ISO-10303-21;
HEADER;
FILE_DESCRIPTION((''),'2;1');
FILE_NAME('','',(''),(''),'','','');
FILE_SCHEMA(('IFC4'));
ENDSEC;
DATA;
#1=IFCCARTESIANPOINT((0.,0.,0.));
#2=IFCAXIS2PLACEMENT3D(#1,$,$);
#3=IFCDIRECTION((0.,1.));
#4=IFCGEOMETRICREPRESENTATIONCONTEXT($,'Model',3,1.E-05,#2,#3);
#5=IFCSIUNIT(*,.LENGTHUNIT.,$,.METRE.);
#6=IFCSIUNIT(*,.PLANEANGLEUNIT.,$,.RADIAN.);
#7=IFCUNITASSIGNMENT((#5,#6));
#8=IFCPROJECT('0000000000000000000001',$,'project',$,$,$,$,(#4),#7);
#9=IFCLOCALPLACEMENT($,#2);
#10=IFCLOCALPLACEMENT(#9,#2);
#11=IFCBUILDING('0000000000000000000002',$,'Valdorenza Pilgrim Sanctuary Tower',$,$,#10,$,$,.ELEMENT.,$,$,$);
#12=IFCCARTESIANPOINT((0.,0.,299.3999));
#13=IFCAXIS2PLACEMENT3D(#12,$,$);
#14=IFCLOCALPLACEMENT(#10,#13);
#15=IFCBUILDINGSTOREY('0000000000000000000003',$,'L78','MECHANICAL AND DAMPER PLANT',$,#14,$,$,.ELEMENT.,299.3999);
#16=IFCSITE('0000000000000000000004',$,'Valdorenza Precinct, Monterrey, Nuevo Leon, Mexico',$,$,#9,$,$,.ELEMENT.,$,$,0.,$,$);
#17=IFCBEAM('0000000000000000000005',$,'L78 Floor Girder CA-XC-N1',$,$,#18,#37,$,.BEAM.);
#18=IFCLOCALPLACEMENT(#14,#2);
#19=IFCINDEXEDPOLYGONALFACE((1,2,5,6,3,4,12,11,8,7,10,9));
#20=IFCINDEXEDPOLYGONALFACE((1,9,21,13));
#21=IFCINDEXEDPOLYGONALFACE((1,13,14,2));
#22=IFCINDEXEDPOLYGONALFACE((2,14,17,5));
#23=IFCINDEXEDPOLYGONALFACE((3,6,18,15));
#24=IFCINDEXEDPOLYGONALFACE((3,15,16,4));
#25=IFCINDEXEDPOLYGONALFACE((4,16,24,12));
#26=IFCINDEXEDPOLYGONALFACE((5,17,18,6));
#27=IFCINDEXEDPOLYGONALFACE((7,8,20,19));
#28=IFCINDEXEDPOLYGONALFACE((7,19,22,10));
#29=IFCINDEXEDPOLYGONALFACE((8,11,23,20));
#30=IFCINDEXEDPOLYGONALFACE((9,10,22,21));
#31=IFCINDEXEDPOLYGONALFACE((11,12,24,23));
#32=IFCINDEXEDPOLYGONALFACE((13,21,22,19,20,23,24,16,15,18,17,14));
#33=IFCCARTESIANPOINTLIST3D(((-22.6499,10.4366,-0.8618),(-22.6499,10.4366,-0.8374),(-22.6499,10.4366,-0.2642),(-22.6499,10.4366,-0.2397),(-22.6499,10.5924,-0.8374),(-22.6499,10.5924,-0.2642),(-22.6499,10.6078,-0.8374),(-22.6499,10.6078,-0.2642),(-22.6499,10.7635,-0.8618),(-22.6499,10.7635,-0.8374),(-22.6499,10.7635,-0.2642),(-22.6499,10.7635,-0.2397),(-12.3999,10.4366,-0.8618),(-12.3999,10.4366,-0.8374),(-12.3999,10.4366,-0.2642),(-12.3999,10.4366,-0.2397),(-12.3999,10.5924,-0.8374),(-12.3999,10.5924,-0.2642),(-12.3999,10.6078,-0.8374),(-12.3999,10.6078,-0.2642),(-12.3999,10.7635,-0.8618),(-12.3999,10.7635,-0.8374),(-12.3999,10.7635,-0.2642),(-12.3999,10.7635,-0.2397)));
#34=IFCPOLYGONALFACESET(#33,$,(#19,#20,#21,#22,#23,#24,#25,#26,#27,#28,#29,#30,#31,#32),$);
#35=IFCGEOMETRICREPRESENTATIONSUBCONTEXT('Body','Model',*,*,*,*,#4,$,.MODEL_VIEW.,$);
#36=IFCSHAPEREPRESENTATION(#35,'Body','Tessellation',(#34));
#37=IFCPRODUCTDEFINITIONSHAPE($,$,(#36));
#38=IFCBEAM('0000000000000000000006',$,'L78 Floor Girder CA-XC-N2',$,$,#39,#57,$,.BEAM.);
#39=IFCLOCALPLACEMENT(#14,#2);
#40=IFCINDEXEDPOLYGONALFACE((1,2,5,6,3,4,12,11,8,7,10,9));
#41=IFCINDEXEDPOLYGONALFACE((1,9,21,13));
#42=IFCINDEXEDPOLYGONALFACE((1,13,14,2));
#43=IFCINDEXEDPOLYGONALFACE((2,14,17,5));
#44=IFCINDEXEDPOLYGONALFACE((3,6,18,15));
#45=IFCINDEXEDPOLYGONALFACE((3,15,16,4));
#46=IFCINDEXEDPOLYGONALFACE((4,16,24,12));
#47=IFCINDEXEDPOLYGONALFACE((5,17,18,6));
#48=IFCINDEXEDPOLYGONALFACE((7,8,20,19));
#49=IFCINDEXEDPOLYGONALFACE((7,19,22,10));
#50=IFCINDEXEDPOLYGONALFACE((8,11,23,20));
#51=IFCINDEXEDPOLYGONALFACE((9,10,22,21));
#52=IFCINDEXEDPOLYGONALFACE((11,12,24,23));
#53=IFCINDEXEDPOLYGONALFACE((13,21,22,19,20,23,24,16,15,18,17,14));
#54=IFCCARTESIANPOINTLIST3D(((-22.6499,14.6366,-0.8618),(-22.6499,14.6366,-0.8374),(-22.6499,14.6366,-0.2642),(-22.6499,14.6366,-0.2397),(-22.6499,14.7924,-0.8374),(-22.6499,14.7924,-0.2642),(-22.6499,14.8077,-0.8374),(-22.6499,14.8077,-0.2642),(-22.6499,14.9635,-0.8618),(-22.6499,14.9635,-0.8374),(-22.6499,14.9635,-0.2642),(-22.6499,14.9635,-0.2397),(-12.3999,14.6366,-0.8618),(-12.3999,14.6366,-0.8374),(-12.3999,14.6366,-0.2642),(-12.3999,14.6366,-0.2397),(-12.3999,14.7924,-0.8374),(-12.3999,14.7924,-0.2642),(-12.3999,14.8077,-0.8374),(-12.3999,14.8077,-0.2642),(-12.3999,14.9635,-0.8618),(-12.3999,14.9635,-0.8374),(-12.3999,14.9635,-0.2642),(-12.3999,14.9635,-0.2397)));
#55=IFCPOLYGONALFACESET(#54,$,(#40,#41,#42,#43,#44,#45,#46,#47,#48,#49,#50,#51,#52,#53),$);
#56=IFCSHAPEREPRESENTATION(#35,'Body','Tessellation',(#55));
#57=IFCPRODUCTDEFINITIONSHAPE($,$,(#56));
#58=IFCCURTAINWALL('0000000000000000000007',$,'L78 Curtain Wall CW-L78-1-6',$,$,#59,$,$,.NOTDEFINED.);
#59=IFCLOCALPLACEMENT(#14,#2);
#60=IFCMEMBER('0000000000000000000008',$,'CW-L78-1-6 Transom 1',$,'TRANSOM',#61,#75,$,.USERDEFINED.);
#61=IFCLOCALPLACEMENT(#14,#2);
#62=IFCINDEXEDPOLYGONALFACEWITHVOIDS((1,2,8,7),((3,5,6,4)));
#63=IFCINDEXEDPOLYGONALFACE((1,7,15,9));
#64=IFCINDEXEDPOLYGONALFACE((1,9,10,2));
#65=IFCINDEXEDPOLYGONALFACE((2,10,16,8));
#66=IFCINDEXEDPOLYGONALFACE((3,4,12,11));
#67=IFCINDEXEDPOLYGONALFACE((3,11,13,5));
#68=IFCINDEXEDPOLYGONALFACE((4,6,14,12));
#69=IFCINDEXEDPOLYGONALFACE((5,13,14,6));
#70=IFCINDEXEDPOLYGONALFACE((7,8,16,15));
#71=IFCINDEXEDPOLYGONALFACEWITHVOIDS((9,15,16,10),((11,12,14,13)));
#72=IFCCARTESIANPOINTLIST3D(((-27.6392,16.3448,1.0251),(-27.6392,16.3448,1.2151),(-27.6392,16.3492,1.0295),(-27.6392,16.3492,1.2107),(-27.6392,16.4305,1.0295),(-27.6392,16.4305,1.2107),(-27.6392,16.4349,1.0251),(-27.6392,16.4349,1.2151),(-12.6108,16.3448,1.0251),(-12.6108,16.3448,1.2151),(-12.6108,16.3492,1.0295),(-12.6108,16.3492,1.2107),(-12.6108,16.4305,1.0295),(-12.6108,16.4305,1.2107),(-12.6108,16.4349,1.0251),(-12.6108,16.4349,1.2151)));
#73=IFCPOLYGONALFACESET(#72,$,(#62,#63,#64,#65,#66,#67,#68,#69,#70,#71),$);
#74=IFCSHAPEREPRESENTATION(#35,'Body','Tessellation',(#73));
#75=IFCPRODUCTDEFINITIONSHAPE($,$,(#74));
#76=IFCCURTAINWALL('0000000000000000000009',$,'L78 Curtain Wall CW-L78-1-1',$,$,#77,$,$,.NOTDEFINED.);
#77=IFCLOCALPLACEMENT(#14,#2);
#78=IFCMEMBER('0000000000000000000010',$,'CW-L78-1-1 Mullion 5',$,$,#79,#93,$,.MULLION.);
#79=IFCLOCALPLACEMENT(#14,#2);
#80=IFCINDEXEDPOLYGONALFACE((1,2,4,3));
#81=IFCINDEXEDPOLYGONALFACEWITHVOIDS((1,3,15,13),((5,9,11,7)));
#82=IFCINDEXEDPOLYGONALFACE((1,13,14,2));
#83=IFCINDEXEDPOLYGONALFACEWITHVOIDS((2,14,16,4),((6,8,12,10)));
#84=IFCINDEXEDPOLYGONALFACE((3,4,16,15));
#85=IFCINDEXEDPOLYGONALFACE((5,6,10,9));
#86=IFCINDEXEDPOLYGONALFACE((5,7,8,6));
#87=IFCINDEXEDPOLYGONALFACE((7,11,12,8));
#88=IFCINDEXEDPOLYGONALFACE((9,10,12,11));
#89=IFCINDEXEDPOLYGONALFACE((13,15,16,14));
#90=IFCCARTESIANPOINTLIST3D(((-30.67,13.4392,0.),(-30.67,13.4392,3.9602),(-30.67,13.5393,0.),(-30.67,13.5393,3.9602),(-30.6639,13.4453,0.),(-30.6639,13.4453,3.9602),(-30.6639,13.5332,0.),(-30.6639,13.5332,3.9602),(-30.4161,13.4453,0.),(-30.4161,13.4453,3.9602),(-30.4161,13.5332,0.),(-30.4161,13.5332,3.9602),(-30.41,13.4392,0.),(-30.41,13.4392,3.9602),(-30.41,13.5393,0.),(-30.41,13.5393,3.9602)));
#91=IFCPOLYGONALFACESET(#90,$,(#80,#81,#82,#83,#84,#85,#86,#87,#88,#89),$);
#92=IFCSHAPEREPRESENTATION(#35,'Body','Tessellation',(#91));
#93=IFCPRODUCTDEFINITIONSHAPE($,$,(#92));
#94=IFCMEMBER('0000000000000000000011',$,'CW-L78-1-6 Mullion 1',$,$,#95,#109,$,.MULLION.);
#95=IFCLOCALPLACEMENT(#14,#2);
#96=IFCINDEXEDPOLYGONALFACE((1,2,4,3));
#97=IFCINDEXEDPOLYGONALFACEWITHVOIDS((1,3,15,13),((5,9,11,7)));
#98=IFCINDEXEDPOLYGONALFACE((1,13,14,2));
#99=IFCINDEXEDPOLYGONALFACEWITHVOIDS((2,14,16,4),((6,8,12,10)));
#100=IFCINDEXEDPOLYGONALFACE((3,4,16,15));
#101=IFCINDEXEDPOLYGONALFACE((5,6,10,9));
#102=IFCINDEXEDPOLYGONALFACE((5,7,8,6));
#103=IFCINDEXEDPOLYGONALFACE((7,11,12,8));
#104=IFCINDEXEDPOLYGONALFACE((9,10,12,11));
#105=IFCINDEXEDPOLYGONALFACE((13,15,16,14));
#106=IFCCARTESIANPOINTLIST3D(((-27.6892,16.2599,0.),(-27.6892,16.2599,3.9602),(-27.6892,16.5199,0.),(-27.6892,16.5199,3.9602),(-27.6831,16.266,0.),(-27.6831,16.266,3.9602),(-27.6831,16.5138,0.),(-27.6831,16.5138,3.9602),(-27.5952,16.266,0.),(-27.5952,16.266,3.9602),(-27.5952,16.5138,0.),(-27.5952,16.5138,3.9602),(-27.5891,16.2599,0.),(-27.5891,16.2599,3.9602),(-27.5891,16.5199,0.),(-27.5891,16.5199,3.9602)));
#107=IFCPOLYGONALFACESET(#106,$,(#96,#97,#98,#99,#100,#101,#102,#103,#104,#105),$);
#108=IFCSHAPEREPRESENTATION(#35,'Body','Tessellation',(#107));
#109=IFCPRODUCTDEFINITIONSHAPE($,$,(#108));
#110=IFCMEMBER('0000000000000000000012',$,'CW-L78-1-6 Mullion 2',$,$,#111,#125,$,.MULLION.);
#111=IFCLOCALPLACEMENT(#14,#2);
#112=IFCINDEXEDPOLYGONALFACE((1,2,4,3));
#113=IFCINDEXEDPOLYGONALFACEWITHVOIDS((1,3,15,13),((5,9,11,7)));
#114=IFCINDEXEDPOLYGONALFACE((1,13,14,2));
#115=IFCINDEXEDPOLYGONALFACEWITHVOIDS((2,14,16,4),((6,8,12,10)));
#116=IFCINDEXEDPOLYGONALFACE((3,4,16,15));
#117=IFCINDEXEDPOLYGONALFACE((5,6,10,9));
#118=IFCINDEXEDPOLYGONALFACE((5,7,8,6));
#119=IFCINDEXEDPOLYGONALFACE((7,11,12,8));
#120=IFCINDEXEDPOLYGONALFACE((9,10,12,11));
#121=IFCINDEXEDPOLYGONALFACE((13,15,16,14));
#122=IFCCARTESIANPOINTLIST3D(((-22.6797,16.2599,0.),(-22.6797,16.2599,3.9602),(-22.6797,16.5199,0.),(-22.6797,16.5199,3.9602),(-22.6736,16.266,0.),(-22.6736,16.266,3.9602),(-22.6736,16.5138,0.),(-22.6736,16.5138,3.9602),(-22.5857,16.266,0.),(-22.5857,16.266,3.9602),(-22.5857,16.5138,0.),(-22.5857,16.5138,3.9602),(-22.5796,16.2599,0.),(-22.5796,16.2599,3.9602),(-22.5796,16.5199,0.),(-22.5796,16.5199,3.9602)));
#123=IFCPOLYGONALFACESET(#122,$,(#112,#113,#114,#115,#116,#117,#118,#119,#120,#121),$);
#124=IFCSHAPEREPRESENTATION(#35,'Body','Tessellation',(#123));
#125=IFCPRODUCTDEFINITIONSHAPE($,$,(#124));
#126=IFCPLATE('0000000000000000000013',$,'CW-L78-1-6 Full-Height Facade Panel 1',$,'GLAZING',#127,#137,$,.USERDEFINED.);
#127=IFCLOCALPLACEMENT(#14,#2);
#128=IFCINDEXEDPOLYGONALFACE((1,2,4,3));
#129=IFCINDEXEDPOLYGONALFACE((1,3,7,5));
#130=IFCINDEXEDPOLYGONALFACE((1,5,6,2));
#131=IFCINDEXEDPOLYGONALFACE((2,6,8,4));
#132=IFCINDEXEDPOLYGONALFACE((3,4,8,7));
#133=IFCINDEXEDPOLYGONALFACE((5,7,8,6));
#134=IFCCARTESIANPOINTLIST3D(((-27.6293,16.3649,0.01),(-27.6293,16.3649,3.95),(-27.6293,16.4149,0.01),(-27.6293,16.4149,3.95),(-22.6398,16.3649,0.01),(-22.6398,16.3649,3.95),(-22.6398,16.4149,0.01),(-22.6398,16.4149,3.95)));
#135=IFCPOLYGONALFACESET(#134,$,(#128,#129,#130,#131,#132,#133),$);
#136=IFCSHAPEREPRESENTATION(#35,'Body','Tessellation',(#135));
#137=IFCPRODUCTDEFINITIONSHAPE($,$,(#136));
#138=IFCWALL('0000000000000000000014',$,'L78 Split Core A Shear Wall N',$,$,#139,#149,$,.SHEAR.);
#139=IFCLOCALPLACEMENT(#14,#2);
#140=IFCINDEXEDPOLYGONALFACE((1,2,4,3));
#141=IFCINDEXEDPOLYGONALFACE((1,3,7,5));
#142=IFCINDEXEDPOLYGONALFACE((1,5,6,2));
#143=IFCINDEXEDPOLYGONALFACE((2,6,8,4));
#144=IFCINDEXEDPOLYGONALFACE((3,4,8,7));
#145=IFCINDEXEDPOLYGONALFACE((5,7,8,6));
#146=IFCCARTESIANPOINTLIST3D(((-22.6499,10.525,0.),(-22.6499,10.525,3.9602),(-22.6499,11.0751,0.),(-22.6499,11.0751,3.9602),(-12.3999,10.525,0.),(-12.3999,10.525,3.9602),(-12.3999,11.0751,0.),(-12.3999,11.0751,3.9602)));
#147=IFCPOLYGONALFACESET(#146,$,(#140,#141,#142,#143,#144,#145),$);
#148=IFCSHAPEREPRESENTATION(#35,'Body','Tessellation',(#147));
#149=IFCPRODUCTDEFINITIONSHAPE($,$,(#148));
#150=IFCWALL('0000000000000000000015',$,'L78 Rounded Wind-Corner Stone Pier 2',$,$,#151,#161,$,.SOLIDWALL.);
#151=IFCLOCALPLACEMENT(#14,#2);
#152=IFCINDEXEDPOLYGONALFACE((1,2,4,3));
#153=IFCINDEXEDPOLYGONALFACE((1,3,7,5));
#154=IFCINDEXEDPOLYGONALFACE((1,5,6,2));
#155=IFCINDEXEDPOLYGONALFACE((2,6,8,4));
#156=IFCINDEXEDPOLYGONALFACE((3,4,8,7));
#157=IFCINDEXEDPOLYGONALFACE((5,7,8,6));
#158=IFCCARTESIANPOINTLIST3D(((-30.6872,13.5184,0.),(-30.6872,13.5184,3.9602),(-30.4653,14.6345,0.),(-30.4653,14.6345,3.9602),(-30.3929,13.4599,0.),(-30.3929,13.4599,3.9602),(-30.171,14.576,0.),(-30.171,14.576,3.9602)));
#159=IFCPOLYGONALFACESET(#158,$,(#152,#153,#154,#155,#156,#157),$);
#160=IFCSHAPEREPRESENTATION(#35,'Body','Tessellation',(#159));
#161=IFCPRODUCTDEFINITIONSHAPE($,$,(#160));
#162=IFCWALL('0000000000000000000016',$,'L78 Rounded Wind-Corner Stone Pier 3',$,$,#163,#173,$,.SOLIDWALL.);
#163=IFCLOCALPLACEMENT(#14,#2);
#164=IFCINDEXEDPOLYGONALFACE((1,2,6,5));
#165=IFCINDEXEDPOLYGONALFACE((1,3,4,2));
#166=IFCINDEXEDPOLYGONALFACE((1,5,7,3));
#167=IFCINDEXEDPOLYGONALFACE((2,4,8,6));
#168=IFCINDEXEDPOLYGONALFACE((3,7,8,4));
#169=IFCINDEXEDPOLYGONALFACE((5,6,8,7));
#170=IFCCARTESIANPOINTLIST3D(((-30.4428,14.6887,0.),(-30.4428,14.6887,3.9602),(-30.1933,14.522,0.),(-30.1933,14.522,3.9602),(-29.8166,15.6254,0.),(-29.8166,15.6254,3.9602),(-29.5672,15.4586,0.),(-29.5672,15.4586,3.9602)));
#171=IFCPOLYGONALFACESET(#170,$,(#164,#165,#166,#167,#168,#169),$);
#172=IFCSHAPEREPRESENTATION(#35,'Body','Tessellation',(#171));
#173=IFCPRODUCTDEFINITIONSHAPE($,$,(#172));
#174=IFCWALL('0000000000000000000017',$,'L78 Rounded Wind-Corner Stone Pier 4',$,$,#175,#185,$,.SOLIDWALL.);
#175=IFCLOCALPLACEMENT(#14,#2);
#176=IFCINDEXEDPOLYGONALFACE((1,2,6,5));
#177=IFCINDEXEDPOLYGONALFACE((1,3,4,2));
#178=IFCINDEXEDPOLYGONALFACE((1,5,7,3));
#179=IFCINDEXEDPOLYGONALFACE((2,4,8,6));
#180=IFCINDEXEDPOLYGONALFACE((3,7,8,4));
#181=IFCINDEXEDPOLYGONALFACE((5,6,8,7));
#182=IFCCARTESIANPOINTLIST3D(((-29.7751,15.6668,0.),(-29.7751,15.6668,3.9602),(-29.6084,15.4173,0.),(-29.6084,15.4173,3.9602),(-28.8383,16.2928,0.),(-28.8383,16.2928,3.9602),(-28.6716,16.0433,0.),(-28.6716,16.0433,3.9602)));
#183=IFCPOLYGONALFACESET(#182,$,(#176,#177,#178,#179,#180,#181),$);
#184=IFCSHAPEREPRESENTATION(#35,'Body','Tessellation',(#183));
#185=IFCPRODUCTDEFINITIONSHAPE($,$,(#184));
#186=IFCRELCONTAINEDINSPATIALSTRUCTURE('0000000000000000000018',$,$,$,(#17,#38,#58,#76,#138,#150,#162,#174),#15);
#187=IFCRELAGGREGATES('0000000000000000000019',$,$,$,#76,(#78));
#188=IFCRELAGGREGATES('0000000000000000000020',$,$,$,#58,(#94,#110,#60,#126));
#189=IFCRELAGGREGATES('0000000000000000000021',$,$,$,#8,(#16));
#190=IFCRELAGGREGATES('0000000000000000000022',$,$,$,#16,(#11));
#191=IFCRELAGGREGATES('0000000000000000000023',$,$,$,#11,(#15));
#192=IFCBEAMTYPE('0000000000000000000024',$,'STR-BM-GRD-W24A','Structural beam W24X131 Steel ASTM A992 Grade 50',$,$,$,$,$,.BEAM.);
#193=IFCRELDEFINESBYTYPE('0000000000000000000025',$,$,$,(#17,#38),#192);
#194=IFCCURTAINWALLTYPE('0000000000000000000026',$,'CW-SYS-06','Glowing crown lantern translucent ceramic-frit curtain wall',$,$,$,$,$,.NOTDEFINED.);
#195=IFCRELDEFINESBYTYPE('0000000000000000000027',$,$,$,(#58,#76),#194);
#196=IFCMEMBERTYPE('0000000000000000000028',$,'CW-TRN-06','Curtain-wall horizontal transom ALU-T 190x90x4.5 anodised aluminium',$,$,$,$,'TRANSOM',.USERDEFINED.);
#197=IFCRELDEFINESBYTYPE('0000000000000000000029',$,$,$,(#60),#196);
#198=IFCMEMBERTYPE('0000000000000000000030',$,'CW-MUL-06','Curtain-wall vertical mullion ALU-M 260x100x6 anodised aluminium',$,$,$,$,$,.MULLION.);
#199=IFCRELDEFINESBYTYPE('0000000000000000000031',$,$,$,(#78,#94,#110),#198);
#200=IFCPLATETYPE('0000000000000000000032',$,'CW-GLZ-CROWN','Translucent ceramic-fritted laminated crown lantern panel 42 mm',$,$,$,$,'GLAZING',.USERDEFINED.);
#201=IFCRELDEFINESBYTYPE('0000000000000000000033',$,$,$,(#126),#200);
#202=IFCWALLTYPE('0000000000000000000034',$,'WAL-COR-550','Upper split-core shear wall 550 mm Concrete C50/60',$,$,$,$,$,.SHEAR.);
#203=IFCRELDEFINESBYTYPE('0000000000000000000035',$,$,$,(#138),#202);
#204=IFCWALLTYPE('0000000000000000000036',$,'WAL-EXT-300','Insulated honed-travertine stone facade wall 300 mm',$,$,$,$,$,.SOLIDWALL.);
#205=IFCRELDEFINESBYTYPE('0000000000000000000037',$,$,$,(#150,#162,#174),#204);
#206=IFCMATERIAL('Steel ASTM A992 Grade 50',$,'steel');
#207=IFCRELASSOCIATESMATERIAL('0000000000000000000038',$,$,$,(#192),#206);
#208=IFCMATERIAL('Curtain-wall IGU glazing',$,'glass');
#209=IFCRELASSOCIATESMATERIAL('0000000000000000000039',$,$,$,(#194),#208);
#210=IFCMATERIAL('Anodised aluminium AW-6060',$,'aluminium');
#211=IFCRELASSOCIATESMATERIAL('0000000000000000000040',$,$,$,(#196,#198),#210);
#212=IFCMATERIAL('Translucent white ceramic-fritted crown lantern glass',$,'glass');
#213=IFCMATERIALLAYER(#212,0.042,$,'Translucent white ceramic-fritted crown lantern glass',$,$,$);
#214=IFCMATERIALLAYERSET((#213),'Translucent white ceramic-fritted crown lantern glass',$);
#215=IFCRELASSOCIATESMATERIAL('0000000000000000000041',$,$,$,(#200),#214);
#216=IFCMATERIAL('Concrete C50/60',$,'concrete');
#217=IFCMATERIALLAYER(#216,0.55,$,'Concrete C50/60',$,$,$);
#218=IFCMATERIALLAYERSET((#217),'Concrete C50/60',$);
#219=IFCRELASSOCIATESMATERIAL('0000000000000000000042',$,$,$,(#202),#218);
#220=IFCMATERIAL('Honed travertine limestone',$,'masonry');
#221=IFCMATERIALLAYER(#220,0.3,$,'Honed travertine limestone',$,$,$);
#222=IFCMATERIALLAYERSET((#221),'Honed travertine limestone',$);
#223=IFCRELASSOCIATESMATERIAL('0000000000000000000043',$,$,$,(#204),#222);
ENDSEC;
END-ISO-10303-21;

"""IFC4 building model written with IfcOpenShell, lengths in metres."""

from ifc_helpers import new_model, si_unit, direction, frame, frame_2d, origin, origin_2d, place, context, subcontext, project, spatial, rectangle, hollow_rectangle, i_section, extrude, source, transform, mapped, material, layer, layer_set, material_profile, profile_set, type_object, element, aggregate, save


model = new_model("IFC4")

# Units and contexts
model_context = context("Model", 3, precision=1e-05, world=origin(), true_north=direction((0.0, 1.0)))
body_context = subcontext(model_context, "Body", "Model", "MODEL_VIEW")
ifc_project = project(units=[si_unit("LENGTHUNIT", "METRE"), si_unit("PLANEANGLEUNIT", "RADIAN")], contexts=[model_context])

# Site, building, storey
site_placement = place(None, origin())
site = spatial("IfcSite", under=ifc_project, at=site_placement, Name="Valdorenza Precinct, Monterrey, Nuevo Leon, Mexico", CompositionType="ELEMENT", RefElevation=0.0)
building_placement = place(site_placement, origin())
building = spatial("IfcBuilding", under=site, at=building_placement, Name="Valdorenza Pilgrim Sanctuary Tower", CompositionType="ELEMENT")
storey_placement = place(building_placement, frame((0.0, 0.0, 299.3999)))
storey = spatial("IfcBuildingStorey", under=building, at=storey_placement, Name="L78", Description="MECHANICAL AND DAMPER PLANT", CompositionType="ELEMENT", Elevation=299.3999)

# Shared definitions
ifc_material_1 = material(Name="Concrete C50/60", Category="concrete")

# Beams
ifc_material_2 = material(Name="Steel ASTM A992 Grade 50", Category="steel")
ifc_material_profile_1 = material_profile(ifc_material_2, i_section(OverallWidth=0.3269, OverallDepth=0.6221, WebThickness=0.0154, FlangeThickness=0.0244, at=origin_2d()), Name="W24X131")
ifc_profile_set_1 = profile_set([ifc_material_profile_1], Name="Steel ASTM A992 Grade 50")
beam_type_1 = type_object("IfcBeamType", Name="STR-BM-GRD-W24A", Description="Structural beam W24X131 Steel ASTM A992 Grade 50", PredefinedType="BEAM", material=ifc_profile_set_1)
shared_shape_1 = source(origin(), body_context, "Body", "SweptSolid", [
    extrude(i_section(OverallWidth=0.3269, OverallDepth=0.6221, WebThickness=0.0154, FlangeThickness=0.0244, at=origin_2d()), origin(), (0.0, 0.0, 1.0), 10.25),
])
for number, where, z_axis, x_axis, name in (
    (1, (-22.6499, 10.6001, -0.5508), (1.0, 0.0, 0.0), (0.0, 1.0, 0.0), "L78 Floor Girder CA-XC-N1"),
    (2, (-22.6499, 14.8, -0.5508), (1.0, 0.0, 0.0), (0.0, 1.0, 0.0), "L78 Floor Girder CA-XC-N2"),
):
    element("IfcBeam", number, at=place(storey_placement, frame(where, z_axis=z_axis, x_axis=x_axis)), inside=storey, type_object=beam_type_1, Name=name, PredefinedType="BEAM", context=body_context, shape_type="MappedRepresentation", body=[
        mapped(shared_shape_1, transform((0.0, 0.0, 0.0), x_axis=(1.0, 0.0, 0.0), y_axis=(0.0, 1.0, 0.0), z_axis=(0.0, 0.0, 1.0), scale=1.0)),
    ])

# Curtain walls, members
ifc_material_3 = material(Name="Curtain-wall IGU glazing", Category="glass")
curtain_wall_type = type_object("IfcCurtainWallType", Name="CW-SYS-06", Description="Glowing crown lantern translucent ceramic-frit curtain wall", PredefinedType="NOTDEFINED", material=ifc_material_3)
curtain_wall_1_placement = place(storey_placement, origin())
curtain_wall_1 = element("IfcCurtainWall", 3, at=curtain_wall_1_placement, inside=storey, type_object=curtain_wall_type, Name="L78 Curtain Wall CW-L78-1-6", PredefinedType="NOTDEFINED")
ifc_material_4 = material(Name="Anodised aluminium AW-6060", Category="aluminium")
ifc_material_profile_2 = material_profile(ifc_material_4, hollow_rectangle(XDim=0.0901, YDim=0.1899, WallThickness=0.0044, at=origin_2d()), Name="ALU-T 190x90x4.5")
ifc_profile_set_2 = profile_set([ifc_material_profile_2], Name="Anodised aluminium AW-6060")
member_type_1 = type_object("IfcMemberType", Name="CW-TRN-06", Description="Curtain-wall horizontal transom ALU-T 190x90x4.5 anodised aluminium", ElementType="TRANSOM", PredefinedType="USERDEFINED", material=ifc_profile_set_2)
shared_shape_2 = source(origin(), body_context, "Body", "SweptSolid", [
    extrude(hollow_rectangle(XDim=0.0901, YDim=0.1899, WallThickness=0.0044, at=origin_2d()), origin(), (0.0, 0.0, 1.0), 15.0283),
])
member_1_placement = place(storey_placement, frame((-27.6392, 16.3899, 1.1201), z_axis=(1.0, 0.0, 0.0), x_axis=(0.0, 1.0, 0.0)))
member_1 = element("IfcMember", 4, at=member_1_placement, type_object=member_type_1, Name="CW-L78-1-6 Transom 1", ObjectType="TRANSOM", PredefinedType="USERDEFINED", context=body_context, shape_type="MappedRepresentation", body=[
    mapped(shared_shape_2, transform((0.0, 0.0, 0.0), x_axis=(1.0, 0.0, 0.0), y_axis=(0.0, 1.0, 0.0), z_axis=(0.0, 0.0, 1.0), scale=1.0)),
])
curtain_wall_2_placement = place(storey_placement, origin())
curtain_wall_2 = element("IfcCurtainWall", 5, at=curtain_wall_2_placement, inside=storey, type_object=curtain_wall_type, Name="L78 Curtain Wall CW-L78-1-1", PredefinedType="NOTDEFINED")
ifc_material_profile_3 = material_profile(ifc_material_4, hollow_rectangle(XDim=0.1001, YDim=0.26, WallThickness=0.0061, at=origin_2d()), Name="ALU-M 260x100x6")
ifc_profile_set_3 = profile_set([ifc_material_profile_3], Name="Anodised aluminium AW-6060")
member_type_2 = type_object("IfcMemberType", Name="CW-MUL-06", Description="Curtain-wall vertical mullion ALU-M 260x100x6 anodised aluminium", PredefinedType="MULLION", material=ifc_profile_set_3)
shared_shape_3 = source(origin(), body_context, "Body", "SweptSolid", [
    extrude(hollow_rectangle(XDim=0.1001, YDim=0.26, WallThickness=0.0061, at=origin_2d()), origin(), (0.0, 0.0, 1.0), 3.9602),
])
member_2_placement = place(storey_placement, frame((-30.54, 13.4893, 0.0), z_axis=(0.0, 0.0, 1.0), x_axis=(0.0, 1.0, 0.0)))
member_2 = element("IfcMember", 6, at=member_2_placement, type_object=member_type_2, Name="CW-L78-1-1 Mullion 5", PredefinedType="MULLION", context=body_context, shape_type="MappedRepresentation", body=[
    mapped(shared_shape_3, transform((0.0, 0.0, 0.0), x_axis=(1.0, 0.0, 0.0), y_axis=(0.0, 1.0, 0.0), z_axis=(0.0, 0.0, 1.0), scale=1.0)),
])
aggregate(curtain_wall_2, [member_2])

# Members
member_3_placement = place(storey_placement, frame((-27.6392, 16.3899, 0.0), z_axis=(0.0, 0.0, 1.0), x_axis=(1.0, 0.0, 0.0)))
member_3 = element("IfcMember", 7, at=member_3_placement, type_object=member_type_2, Name="CW-L78-1-6 Mullion 1", PredefinedType="MULLION", context=body_context, shape_type="MappedRepresentation", body=[
    mapped(shared_shape_3, transform((0.0, 0.0, 0.0), x_axis=(1.0, 0.0, 0.0), y_axis=(0.0, 1.0, 0.0), z_axis=(0.0, 0.0, 1.0), scale=1.0)),
])
member_4_placement = place(storey_placement, frame((-22.6296, 16.3899, 0.0), z_axis=(0.0, 0.0, 1.0), x_axis=(1.0, 0.0, 0.0)))
member_4 = element("IfcMember", 8, at=member_4_placement, type_object=member_type_2, Name="CW-L78-1-6 Mullion 2", PredefinedType="MULLION", context=body_context, shape_type="MappedRepresentation", body=[
    mapped(shared_shape_3, transform((0.0, 0.0, 0.0), x_axis=(1.0, 0.0, 0.0), y_axis=(0.0, 1.0, 0.0), z_axis=(0.0, 0.0, 1.0), scale=1.0)),
])

# Plate
ifc_material_5 = material(Name="Translucent white ceramic-fritted crown lantern glass", Category="glass")
ifc_layer_1 = layer(ifc_material_5, 0.042, Name="Translucent white ceramic-fritted crown lantern glass")
ifc_layer_set_1 = layer_set([ifc_layer_1], Name="Translucent white ceramic-fritted crown lantern glass")
plate_type = type_object("IfcPlateType", Name="CW-GLZ-CROWN", Description="Translucent ceramic-fritted laminated crown lantern panel 42 mm", ElementType="GLAZING", PredefinedType="USERDEFINED", material=ifc_layer_set_1)
shared_shape_4 = source(origin(), body_context, "Body", "SweptSolid", [
    extrude(rectangle(XDim=4.9895, YDim=0.05, at=origin_2d()), origin(), (0.0, 0.0, 1.0), 3.9399),
])
plate_placement = place(storey_placement, frame((-25.1345, 16.3899, 0.01), z_axis=(0.0, 0.0, 1.0), x_axis=(1.0, 0.0, 0.0)))
plate = element("IfcPlate", 9, at=plate_placement, type_object=plate_type, Name="CW-L78-1-6 Full-Height Facade Panel 1", ObjectType="GLAZING", PredefinedType="USERDEFINED", context=body_context, shape_type="MappedRepresentation", body=[
    mapped(shared_shape_4, transform((0.0, 0.0, 0.0), x_axis=(1.0, 0.0, 0.0), y_axis=(0.0, 1.0, 0.0), z_axis=(0.0, 0.0, 1.0), scale=1.0)),
])
aggregate(curtain_wall_1, [member_3, member_4, member_1, plate])

# Walls
ifc_layer_2 = layer(ifc_material_1, 0.55, Name="Concrete C50/60")
ifc_layer_set_2 = layer_set([ifc_layer_2], Name="Concrete C50/60")
wall_type_1 = type_object("IfcWallType", Name="WAL-COR-550", Description="Upper split-core shear wall 550 mm Concrete C50/60", PredefinedType="SHEAR", material=ifc_layer_set_2)
wall_1_placement = place(storey_placement, frame((-22.6499, 10.8, 0.0), z_axis=(0.0, 0.0, 1.0), x_axis=(1.0, 0.0, 0.0)))
element("IfcWall", 10, at=wall_1_placement, inside=storey, type_object=wall_type_1, Name="L78 Split Core A Shear Wall N", PredefinedType="SHEAR", context=body_context, shape_type="SweptSolid", body=[
    extrude(rectangle(XDim=10.25, YDim=0.55, at=frame_2d((5.125, 0.0))), origin(), (0.0, 0.0, 1.0), 3.9602),
])
ifc_material_6 = material(Name="Honed travertine limestone", Category="masonry")
ifc_layer_3 = layer(ifc_material_6, 0.3, Name="Honed travertine limestone")
ifc_layer_set_3 = layer_set([ifc_layer_3], Name="Honed travertine limestone")
wall_type_2 = type_object("IfcWallType", Name="WAL-EXT-300", Description="Insulated honed-travertine stone facade wall 300 mm", PredefinedType="SOLIDWALL", material=ifc_layer_set_3)
wall_2_placement = place(storey_placement, frame((-30.54, 13.4893, 0.0), z_axis=(0.0, 0.0, 1.0), x_axis=(0.195043, 0.980795, 0.0)))
element("IfcWall", 11, at=wall_2_placement, inside=storey, type_object=wall_type_2, Name="L78 Rounded Wind-Corner Stone Pier 2", PredefinedType="SOLIDWALL", context=body_context, shape_type="SweptSolid", body=[
    extrude(rectangle(XDim=1.1379, YDim=0.3, at=frame_2d((0.5688, 0.0))), origin(), (0.0, 0.0, 1.0), 3.9602),
])
for number, where, z_axis, x_axis, name in (
    (12, (-30.3181, 14.6052, 0.0), (0.0, 0.0, 1.0), (0.55575, 0.83135, 0.0), "L78 Rounded Wind-Corner Stone Pier 3"),
    (13, (-29.6919, 15.542, 0.0), (0.0, 0.0, 1.0), (0.83145, 0.5556, 0.0), "L78 Rounded Wind-Corner Stone Pier 4"),
):
    element("IfcWall", number, at=place(storey_placement, frame(where, z_axis=z_axis, x_axis=x_axis)), inside=storey, type_object=wall_type_2, Name=name, PredefinedType="SOLIDWALL", context=body_context, shape_type="SweptSolid", body=[
        extrude(rectangle(XDim=1.1267, YDim=0.3, at=frame_2d((0.5635, 0.0))), origin(), (0.0, 0.0, 1.0), 3.9602),
    ])

save(model, "model.ifc")
